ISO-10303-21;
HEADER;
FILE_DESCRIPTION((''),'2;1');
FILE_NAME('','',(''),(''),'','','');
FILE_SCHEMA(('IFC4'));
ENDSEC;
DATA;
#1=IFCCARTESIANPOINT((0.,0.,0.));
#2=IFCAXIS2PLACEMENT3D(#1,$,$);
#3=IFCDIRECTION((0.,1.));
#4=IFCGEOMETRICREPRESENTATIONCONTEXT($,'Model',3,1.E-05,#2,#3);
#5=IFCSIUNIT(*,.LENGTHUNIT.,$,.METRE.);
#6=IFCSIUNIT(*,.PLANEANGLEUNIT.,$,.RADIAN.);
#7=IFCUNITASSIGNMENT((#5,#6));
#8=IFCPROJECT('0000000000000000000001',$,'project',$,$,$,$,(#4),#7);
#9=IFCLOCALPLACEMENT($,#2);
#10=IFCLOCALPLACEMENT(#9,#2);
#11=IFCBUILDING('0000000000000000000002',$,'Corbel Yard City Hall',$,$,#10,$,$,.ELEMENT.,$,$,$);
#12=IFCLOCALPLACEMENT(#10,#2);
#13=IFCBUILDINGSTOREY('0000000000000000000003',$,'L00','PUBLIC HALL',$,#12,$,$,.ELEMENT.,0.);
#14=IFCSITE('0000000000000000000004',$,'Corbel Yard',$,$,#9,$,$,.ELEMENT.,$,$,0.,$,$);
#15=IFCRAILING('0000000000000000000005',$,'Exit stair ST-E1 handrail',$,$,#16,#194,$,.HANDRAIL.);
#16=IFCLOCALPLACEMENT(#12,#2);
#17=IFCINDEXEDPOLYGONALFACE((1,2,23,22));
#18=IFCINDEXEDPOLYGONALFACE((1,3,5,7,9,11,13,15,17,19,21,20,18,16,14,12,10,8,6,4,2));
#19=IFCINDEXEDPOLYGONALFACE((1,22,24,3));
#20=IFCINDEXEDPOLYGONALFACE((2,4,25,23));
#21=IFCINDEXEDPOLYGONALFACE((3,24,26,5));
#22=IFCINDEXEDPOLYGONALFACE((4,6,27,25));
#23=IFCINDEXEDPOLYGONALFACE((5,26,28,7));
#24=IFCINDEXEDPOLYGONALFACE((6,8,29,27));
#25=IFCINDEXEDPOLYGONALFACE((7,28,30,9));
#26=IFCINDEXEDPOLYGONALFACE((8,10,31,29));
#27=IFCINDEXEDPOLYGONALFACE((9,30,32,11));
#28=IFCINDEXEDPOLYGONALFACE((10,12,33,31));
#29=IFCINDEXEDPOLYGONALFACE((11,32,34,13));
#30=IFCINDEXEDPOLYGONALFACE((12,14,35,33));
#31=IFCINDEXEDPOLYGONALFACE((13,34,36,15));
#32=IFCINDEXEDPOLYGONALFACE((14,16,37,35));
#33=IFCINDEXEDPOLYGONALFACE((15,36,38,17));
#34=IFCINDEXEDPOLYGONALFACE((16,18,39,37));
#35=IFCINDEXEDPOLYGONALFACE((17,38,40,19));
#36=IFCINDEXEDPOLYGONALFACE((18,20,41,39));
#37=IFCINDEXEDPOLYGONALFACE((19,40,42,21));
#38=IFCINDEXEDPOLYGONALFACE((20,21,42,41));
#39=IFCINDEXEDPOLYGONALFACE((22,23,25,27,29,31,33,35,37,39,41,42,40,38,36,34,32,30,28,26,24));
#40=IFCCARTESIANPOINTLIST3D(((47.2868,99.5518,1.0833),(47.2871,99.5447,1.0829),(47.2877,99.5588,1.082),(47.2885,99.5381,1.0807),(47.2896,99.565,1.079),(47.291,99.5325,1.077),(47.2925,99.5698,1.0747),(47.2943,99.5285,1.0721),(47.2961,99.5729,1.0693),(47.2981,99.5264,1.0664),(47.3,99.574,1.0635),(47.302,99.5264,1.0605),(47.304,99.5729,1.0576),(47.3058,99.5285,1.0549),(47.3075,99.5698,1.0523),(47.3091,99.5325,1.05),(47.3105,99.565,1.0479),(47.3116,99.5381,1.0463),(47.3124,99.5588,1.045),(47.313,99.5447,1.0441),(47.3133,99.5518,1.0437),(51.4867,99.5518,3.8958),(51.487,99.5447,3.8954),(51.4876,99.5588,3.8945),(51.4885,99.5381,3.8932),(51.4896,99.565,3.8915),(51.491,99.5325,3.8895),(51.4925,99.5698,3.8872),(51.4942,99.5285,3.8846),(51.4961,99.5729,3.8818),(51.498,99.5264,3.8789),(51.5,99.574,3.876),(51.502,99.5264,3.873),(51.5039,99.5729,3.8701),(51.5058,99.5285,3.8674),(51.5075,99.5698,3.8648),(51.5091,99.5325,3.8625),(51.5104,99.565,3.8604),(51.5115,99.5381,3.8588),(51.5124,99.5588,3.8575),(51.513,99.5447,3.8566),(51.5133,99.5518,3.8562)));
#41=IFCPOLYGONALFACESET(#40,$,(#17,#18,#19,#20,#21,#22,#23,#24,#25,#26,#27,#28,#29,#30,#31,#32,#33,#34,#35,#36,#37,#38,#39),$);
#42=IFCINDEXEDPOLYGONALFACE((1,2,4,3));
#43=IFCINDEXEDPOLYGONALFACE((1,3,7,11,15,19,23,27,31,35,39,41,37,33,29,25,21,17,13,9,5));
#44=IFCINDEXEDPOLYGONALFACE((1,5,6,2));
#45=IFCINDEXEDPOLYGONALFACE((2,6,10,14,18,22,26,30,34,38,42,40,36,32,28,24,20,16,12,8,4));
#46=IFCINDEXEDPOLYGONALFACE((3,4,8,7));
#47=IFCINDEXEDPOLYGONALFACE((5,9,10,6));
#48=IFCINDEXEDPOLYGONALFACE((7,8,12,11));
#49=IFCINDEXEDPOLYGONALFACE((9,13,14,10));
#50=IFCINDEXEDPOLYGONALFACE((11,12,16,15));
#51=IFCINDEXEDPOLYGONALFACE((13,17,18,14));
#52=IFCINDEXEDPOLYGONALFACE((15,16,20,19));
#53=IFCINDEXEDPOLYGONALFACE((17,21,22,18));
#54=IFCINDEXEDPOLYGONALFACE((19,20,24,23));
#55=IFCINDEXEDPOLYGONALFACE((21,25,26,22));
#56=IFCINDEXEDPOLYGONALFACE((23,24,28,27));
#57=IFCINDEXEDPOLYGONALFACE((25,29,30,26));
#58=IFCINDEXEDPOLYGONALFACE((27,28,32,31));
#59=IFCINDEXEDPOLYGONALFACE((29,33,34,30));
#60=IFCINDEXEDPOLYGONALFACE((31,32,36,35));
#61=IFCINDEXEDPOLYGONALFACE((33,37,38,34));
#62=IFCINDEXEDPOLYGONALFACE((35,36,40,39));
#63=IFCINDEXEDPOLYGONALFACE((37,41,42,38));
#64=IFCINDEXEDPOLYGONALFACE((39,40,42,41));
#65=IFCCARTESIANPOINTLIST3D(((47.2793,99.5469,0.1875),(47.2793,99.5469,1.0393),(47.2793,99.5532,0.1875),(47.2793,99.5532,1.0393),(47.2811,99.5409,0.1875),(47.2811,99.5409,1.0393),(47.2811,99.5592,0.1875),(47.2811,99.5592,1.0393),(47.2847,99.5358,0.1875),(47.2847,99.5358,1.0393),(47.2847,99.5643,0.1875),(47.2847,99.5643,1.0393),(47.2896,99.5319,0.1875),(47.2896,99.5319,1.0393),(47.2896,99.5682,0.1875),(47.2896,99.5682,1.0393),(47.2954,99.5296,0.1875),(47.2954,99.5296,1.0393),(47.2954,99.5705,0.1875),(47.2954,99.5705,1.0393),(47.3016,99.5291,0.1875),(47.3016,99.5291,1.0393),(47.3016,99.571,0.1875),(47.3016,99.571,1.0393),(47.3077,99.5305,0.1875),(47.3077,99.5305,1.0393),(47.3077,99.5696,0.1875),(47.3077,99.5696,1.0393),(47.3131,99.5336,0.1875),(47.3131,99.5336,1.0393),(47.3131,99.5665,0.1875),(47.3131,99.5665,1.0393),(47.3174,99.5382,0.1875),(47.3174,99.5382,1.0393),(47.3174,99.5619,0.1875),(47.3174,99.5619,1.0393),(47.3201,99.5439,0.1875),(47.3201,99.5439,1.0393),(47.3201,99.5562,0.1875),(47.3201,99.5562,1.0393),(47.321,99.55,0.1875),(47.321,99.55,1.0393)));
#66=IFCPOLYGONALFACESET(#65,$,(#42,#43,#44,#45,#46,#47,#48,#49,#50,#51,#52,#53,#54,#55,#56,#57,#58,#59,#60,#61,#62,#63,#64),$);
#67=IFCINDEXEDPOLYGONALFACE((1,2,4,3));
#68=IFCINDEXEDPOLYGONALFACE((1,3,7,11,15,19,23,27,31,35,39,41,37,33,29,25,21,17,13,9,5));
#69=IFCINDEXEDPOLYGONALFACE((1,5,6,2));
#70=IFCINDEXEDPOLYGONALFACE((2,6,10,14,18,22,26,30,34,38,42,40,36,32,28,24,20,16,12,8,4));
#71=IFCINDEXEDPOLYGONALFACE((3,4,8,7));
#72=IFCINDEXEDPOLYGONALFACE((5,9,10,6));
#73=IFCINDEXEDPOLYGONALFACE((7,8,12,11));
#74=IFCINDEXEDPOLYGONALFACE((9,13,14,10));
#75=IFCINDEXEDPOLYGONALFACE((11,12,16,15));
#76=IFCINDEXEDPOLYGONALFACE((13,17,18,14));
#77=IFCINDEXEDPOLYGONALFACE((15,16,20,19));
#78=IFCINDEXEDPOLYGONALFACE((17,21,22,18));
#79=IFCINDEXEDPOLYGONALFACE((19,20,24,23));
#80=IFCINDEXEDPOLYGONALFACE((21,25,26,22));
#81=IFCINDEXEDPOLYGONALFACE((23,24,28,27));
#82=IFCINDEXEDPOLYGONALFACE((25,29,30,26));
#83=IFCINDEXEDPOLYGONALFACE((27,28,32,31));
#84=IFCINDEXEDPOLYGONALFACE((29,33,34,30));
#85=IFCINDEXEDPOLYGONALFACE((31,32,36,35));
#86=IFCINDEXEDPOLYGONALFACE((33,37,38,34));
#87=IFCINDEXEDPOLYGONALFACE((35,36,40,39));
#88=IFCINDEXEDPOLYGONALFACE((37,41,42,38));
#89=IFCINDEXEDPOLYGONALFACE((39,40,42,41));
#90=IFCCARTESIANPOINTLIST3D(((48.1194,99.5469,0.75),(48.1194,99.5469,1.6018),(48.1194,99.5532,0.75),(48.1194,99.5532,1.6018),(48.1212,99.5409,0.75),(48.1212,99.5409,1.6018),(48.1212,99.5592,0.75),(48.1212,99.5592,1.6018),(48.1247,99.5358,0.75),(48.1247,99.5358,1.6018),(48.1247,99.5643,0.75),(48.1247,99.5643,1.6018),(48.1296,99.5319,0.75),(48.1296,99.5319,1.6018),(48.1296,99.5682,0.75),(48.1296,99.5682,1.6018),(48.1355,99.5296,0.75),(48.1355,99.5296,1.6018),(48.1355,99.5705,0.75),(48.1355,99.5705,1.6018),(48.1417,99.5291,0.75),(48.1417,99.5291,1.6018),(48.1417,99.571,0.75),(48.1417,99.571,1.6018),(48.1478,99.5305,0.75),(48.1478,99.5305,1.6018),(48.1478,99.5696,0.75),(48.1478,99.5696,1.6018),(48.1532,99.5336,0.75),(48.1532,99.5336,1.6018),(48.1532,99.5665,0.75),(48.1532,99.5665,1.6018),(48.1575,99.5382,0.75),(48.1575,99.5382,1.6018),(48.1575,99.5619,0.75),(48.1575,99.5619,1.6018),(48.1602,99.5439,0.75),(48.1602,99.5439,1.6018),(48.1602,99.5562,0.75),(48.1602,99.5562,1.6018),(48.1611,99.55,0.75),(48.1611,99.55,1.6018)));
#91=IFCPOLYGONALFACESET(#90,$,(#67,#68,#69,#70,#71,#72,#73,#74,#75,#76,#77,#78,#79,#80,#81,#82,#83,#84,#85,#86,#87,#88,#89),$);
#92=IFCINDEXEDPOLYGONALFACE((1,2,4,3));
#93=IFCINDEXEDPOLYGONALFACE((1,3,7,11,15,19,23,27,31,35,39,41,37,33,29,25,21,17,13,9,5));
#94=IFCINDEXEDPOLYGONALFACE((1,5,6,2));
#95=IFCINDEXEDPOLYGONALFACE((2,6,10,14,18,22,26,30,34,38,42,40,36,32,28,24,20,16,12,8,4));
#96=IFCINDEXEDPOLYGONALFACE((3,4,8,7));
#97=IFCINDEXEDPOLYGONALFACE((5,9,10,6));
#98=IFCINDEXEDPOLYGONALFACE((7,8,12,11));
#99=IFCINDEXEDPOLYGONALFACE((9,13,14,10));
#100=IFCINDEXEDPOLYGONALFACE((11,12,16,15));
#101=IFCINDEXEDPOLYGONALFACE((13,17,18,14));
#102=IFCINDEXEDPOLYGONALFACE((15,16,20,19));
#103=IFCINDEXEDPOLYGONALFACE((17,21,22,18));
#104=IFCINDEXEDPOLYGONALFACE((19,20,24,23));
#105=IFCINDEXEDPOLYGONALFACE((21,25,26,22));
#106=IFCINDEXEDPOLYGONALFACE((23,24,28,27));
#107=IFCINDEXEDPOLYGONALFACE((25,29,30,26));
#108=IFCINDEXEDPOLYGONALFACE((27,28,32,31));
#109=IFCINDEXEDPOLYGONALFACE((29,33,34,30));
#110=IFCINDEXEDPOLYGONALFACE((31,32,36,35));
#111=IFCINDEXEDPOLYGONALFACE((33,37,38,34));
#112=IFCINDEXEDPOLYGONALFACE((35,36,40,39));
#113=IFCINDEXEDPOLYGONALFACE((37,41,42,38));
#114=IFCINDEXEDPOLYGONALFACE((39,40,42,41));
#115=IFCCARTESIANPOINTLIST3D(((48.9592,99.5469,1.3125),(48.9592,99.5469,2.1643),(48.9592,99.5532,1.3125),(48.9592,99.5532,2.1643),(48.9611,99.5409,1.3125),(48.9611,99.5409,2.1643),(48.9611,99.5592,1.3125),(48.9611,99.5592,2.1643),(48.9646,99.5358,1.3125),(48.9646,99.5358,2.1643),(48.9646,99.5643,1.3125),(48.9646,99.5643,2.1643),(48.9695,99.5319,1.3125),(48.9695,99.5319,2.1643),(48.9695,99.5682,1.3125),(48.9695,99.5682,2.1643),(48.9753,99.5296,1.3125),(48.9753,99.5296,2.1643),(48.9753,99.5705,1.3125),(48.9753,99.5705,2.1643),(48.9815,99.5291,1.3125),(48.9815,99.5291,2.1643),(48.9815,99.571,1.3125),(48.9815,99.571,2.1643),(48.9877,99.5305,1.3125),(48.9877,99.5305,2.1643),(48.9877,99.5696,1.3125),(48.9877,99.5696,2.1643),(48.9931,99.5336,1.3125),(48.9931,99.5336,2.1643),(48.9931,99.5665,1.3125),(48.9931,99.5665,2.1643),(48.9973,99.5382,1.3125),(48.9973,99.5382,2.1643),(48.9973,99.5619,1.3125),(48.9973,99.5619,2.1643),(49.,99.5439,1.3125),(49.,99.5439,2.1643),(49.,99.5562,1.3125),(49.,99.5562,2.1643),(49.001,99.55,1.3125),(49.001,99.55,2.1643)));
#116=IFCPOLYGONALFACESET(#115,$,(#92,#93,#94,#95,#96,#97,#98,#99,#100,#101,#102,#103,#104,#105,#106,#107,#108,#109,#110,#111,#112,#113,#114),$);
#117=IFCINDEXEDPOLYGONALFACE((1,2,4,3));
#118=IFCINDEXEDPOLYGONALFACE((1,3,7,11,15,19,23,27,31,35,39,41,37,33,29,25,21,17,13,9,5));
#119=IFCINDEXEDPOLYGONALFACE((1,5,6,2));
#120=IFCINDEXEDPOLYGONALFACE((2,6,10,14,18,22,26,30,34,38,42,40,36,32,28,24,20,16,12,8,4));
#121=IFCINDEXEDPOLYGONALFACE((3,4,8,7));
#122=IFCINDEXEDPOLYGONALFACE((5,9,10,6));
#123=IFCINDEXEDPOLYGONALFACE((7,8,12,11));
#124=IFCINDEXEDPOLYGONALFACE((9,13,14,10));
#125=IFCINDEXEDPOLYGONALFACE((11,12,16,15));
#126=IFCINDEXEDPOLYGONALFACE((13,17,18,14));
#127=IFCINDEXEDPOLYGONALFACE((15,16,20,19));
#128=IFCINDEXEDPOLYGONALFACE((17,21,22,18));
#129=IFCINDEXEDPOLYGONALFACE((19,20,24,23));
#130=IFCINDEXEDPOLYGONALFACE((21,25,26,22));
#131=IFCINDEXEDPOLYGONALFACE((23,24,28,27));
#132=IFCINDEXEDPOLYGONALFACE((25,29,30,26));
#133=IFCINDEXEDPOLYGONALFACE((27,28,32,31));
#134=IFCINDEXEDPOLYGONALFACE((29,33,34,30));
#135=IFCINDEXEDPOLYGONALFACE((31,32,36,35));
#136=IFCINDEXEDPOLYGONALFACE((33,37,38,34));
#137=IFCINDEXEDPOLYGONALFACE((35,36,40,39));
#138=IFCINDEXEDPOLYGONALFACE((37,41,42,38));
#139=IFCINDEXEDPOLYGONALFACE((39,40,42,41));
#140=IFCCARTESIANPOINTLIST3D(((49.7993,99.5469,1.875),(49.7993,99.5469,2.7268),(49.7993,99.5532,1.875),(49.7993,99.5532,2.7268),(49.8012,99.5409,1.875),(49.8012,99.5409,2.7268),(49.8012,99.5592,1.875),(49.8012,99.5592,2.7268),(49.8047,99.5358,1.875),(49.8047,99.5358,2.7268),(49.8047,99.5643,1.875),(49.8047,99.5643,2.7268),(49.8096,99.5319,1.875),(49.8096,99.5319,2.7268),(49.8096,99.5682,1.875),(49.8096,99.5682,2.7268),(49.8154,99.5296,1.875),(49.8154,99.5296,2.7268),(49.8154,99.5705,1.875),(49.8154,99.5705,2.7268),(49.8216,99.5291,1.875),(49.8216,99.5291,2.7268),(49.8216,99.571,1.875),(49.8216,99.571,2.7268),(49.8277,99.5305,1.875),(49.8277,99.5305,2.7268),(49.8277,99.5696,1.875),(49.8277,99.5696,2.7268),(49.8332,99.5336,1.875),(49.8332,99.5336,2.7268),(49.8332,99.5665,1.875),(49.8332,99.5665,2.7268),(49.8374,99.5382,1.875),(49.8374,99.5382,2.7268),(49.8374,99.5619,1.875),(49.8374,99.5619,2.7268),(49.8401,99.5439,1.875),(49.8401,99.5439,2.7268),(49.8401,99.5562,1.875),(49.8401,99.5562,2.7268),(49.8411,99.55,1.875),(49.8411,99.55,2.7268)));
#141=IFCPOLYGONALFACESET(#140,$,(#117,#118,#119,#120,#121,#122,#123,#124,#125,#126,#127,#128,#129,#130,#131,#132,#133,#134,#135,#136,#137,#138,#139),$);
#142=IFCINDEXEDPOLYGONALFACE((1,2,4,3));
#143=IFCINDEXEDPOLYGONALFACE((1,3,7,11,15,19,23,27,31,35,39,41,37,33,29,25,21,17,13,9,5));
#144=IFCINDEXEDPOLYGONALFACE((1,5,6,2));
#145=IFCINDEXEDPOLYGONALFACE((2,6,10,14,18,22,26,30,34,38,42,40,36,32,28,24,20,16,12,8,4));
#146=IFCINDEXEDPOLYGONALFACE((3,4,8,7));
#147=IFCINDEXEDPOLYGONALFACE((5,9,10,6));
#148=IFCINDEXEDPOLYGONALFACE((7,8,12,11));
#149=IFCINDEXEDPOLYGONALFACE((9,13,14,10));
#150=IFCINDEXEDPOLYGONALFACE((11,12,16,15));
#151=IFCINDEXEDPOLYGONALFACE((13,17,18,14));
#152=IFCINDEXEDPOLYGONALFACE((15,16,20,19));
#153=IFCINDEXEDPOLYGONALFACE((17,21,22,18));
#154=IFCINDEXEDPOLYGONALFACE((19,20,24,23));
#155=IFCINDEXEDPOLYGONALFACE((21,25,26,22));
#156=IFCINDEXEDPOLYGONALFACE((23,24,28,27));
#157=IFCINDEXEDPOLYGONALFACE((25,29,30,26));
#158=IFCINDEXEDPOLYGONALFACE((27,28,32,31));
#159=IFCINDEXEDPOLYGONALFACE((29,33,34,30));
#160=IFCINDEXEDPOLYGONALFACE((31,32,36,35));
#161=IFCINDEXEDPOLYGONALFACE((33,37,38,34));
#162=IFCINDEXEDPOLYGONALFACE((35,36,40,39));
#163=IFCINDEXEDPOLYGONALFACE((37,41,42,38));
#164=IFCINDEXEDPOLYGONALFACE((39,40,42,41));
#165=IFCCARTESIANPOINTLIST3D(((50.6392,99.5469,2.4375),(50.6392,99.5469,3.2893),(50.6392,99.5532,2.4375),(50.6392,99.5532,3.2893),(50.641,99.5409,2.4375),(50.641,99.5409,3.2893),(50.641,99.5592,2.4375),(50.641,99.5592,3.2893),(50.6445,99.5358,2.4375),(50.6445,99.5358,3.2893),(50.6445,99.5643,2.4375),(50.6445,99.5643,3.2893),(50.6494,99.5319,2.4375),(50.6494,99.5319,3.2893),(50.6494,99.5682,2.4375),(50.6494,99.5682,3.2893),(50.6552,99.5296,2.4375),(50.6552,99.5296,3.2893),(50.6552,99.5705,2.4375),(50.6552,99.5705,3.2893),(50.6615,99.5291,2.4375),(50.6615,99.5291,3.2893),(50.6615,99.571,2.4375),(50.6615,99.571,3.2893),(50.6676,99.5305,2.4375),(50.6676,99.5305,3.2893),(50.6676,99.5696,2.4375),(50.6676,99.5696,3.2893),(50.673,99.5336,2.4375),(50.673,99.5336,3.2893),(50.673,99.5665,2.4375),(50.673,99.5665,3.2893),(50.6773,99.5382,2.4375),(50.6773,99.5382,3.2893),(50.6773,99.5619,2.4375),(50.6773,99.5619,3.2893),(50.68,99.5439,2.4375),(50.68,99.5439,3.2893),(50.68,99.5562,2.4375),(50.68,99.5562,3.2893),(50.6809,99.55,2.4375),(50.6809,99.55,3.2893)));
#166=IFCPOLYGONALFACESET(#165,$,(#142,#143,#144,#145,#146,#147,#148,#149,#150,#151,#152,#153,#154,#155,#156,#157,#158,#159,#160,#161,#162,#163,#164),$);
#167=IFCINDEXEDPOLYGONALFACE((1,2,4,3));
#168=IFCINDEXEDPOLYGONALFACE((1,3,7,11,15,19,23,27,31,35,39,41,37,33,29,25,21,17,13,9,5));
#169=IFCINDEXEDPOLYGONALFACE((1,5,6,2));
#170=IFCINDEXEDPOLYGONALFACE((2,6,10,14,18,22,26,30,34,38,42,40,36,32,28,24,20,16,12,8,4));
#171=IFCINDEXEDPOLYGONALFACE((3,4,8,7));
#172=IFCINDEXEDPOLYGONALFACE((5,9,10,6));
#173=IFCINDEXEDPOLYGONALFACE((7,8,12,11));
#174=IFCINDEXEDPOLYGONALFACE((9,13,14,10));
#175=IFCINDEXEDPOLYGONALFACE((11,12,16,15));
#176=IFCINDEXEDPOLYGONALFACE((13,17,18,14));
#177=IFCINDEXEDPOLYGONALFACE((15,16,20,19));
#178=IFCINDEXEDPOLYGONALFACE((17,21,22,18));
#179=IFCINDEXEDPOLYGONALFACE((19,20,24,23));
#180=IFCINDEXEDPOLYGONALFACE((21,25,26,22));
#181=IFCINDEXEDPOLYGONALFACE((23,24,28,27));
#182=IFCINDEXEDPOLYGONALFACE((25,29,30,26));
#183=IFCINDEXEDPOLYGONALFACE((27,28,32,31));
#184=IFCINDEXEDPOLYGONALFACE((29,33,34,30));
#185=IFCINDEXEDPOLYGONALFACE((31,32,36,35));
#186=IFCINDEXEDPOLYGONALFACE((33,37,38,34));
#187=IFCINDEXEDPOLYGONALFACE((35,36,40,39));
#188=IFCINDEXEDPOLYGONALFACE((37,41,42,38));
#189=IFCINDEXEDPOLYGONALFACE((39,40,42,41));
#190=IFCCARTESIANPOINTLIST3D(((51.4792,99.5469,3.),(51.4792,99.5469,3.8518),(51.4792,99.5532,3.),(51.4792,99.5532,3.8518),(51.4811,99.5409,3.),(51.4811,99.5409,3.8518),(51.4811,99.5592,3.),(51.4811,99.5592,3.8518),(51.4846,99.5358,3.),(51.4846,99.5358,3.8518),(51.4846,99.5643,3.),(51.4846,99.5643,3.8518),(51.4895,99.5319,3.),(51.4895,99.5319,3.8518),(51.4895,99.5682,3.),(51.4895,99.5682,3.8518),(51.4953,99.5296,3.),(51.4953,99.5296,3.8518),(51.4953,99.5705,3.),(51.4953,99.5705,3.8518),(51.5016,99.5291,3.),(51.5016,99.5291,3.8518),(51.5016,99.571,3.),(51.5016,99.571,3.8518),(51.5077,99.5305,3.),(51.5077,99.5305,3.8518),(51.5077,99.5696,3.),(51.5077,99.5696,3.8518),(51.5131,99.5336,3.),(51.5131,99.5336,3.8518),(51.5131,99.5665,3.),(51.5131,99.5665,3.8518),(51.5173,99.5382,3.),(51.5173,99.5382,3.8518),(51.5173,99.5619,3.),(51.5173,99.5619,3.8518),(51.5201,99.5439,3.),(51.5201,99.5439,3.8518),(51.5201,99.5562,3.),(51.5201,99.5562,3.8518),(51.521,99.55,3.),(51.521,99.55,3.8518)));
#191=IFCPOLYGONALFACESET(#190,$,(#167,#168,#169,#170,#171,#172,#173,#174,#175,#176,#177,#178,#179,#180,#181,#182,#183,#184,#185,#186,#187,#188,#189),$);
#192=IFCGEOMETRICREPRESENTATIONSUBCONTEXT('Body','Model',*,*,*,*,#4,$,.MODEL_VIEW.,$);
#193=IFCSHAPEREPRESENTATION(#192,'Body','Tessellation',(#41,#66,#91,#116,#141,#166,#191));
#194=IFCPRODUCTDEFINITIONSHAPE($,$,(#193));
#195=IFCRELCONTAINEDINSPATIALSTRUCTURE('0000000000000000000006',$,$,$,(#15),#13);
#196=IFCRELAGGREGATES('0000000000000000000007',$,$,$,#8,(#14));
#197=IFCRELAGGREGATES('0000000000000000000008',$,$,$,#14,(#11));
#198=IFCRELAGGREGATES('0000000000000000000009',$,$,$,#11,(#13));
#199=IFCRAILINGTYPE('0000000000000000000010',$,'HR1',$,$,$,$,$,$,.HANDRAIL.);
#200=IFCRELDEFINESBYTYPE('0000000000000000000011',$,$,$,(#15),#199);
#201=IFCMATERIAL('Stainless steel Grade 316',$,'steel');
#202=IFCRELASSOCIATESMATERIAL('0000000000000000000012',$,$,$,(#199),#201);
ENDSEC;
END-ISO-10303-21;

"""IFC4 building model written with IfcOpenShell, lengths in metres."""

from ifc_helpers import new_model, si_unit, direction, frame, origin, origin_2d, place, context, subcontext, project, spatial, circle, extrude, material, type_object, element, save


model = new_model("IFC4")

# Units and contexts
model_context = context("Model", 3, precision=1e-05, world=origin(), true_north=direction((0.0, 1.0)))
body_context = subcontext(model_context, "Body", "Model", "MODEL_VIEW")
ifc_project = project(units=[si_unit("LENGTHUNIT", "METRE"), si_unit("PLANEANGLEUNIT", "RADIAN")], contexts=[model_context])

# Site, building, storey
site_placement = place(None, origin())
site = spatial("IfcSite", under=ifc_project, at=site_placement, Name="Corbel Yard", CompositionType="ELEMENT", RefElevation=0.0)
building_placement = place(site_placement, origin())
building = spatial("IfcBuilding", under=site, at=building_placement, Name="Corbel Yard City Hall", CompositionType="ELEMENT")
storey_placement = place(building_placement, origin())
storey = spatial("IfcBuildingStorey", under=building, at=storey_placement, Name="L00", Description="PUBLIC HALL", CompositionType="ELEMENT", Elevation=0.0)

# Railing
ifc_material_1 = material(Name="Stainless steel Grade 316", Category="steel")
railing_type = type_object("IfcRailingType", Name="HR1", PredefinedType="HANDRAIL", material=ifc_material_1)
railing_placement = place(storey_placement, frame((47.3, 99.55, 0.1875)))
element("IfcRailing", 1, at=railing_placement, inside=storey, type_object=railing_type, Name="Exit stair ST-E1 handrail", PredefinedType="HANDRAIL", context=body_context, shape_type="SweptSolid", body=[
    extrude(circle(Radius=0.0239, at=origin_2d()), frame((0.0, 0.0, 0.876), z_axis=(0.830904, 0.0, 0.556416), x_axis=(0.0, 1.0, 0.0)), (0.0, 0.0, 1.0), 5.0547),
    extrude(circle(Radius=0.021, at=origin_2d()), origin(), (0.0, 0.0, 1.0), 0.8518),
    extrude(circle(Radius=0.021, at=origin_2d()), frame((0.8401, 0.0, 0.5625)), (0.0, 0.0, 1.0), 0.8518),
    extrude(circle(Radius=0.021, at=origin_2d()), frame((1.6799, 0.0, 1.125)), (0.0, 0.0, 1.0), 0.8518),
    extrude(circle(Radius=0.021, at=origin_2d()), frame((2.52, 0.0, 1.6875)), (0.0, 0.0, 1.0), 0.8518),
    extrude(circle(Radius=0.021, at=origin_2d()), frame((3.3599, 0.0, 2.25)), (0.0, 0.0, 1.0), 0.8518),
    extrude(circle(Radius=0.021, at=origin_2d()), frame((4.2, 0.0, 2.8125)), (0.0, 0.0, 1.0), 0.8518),
])

save(model, "model.ifc")
